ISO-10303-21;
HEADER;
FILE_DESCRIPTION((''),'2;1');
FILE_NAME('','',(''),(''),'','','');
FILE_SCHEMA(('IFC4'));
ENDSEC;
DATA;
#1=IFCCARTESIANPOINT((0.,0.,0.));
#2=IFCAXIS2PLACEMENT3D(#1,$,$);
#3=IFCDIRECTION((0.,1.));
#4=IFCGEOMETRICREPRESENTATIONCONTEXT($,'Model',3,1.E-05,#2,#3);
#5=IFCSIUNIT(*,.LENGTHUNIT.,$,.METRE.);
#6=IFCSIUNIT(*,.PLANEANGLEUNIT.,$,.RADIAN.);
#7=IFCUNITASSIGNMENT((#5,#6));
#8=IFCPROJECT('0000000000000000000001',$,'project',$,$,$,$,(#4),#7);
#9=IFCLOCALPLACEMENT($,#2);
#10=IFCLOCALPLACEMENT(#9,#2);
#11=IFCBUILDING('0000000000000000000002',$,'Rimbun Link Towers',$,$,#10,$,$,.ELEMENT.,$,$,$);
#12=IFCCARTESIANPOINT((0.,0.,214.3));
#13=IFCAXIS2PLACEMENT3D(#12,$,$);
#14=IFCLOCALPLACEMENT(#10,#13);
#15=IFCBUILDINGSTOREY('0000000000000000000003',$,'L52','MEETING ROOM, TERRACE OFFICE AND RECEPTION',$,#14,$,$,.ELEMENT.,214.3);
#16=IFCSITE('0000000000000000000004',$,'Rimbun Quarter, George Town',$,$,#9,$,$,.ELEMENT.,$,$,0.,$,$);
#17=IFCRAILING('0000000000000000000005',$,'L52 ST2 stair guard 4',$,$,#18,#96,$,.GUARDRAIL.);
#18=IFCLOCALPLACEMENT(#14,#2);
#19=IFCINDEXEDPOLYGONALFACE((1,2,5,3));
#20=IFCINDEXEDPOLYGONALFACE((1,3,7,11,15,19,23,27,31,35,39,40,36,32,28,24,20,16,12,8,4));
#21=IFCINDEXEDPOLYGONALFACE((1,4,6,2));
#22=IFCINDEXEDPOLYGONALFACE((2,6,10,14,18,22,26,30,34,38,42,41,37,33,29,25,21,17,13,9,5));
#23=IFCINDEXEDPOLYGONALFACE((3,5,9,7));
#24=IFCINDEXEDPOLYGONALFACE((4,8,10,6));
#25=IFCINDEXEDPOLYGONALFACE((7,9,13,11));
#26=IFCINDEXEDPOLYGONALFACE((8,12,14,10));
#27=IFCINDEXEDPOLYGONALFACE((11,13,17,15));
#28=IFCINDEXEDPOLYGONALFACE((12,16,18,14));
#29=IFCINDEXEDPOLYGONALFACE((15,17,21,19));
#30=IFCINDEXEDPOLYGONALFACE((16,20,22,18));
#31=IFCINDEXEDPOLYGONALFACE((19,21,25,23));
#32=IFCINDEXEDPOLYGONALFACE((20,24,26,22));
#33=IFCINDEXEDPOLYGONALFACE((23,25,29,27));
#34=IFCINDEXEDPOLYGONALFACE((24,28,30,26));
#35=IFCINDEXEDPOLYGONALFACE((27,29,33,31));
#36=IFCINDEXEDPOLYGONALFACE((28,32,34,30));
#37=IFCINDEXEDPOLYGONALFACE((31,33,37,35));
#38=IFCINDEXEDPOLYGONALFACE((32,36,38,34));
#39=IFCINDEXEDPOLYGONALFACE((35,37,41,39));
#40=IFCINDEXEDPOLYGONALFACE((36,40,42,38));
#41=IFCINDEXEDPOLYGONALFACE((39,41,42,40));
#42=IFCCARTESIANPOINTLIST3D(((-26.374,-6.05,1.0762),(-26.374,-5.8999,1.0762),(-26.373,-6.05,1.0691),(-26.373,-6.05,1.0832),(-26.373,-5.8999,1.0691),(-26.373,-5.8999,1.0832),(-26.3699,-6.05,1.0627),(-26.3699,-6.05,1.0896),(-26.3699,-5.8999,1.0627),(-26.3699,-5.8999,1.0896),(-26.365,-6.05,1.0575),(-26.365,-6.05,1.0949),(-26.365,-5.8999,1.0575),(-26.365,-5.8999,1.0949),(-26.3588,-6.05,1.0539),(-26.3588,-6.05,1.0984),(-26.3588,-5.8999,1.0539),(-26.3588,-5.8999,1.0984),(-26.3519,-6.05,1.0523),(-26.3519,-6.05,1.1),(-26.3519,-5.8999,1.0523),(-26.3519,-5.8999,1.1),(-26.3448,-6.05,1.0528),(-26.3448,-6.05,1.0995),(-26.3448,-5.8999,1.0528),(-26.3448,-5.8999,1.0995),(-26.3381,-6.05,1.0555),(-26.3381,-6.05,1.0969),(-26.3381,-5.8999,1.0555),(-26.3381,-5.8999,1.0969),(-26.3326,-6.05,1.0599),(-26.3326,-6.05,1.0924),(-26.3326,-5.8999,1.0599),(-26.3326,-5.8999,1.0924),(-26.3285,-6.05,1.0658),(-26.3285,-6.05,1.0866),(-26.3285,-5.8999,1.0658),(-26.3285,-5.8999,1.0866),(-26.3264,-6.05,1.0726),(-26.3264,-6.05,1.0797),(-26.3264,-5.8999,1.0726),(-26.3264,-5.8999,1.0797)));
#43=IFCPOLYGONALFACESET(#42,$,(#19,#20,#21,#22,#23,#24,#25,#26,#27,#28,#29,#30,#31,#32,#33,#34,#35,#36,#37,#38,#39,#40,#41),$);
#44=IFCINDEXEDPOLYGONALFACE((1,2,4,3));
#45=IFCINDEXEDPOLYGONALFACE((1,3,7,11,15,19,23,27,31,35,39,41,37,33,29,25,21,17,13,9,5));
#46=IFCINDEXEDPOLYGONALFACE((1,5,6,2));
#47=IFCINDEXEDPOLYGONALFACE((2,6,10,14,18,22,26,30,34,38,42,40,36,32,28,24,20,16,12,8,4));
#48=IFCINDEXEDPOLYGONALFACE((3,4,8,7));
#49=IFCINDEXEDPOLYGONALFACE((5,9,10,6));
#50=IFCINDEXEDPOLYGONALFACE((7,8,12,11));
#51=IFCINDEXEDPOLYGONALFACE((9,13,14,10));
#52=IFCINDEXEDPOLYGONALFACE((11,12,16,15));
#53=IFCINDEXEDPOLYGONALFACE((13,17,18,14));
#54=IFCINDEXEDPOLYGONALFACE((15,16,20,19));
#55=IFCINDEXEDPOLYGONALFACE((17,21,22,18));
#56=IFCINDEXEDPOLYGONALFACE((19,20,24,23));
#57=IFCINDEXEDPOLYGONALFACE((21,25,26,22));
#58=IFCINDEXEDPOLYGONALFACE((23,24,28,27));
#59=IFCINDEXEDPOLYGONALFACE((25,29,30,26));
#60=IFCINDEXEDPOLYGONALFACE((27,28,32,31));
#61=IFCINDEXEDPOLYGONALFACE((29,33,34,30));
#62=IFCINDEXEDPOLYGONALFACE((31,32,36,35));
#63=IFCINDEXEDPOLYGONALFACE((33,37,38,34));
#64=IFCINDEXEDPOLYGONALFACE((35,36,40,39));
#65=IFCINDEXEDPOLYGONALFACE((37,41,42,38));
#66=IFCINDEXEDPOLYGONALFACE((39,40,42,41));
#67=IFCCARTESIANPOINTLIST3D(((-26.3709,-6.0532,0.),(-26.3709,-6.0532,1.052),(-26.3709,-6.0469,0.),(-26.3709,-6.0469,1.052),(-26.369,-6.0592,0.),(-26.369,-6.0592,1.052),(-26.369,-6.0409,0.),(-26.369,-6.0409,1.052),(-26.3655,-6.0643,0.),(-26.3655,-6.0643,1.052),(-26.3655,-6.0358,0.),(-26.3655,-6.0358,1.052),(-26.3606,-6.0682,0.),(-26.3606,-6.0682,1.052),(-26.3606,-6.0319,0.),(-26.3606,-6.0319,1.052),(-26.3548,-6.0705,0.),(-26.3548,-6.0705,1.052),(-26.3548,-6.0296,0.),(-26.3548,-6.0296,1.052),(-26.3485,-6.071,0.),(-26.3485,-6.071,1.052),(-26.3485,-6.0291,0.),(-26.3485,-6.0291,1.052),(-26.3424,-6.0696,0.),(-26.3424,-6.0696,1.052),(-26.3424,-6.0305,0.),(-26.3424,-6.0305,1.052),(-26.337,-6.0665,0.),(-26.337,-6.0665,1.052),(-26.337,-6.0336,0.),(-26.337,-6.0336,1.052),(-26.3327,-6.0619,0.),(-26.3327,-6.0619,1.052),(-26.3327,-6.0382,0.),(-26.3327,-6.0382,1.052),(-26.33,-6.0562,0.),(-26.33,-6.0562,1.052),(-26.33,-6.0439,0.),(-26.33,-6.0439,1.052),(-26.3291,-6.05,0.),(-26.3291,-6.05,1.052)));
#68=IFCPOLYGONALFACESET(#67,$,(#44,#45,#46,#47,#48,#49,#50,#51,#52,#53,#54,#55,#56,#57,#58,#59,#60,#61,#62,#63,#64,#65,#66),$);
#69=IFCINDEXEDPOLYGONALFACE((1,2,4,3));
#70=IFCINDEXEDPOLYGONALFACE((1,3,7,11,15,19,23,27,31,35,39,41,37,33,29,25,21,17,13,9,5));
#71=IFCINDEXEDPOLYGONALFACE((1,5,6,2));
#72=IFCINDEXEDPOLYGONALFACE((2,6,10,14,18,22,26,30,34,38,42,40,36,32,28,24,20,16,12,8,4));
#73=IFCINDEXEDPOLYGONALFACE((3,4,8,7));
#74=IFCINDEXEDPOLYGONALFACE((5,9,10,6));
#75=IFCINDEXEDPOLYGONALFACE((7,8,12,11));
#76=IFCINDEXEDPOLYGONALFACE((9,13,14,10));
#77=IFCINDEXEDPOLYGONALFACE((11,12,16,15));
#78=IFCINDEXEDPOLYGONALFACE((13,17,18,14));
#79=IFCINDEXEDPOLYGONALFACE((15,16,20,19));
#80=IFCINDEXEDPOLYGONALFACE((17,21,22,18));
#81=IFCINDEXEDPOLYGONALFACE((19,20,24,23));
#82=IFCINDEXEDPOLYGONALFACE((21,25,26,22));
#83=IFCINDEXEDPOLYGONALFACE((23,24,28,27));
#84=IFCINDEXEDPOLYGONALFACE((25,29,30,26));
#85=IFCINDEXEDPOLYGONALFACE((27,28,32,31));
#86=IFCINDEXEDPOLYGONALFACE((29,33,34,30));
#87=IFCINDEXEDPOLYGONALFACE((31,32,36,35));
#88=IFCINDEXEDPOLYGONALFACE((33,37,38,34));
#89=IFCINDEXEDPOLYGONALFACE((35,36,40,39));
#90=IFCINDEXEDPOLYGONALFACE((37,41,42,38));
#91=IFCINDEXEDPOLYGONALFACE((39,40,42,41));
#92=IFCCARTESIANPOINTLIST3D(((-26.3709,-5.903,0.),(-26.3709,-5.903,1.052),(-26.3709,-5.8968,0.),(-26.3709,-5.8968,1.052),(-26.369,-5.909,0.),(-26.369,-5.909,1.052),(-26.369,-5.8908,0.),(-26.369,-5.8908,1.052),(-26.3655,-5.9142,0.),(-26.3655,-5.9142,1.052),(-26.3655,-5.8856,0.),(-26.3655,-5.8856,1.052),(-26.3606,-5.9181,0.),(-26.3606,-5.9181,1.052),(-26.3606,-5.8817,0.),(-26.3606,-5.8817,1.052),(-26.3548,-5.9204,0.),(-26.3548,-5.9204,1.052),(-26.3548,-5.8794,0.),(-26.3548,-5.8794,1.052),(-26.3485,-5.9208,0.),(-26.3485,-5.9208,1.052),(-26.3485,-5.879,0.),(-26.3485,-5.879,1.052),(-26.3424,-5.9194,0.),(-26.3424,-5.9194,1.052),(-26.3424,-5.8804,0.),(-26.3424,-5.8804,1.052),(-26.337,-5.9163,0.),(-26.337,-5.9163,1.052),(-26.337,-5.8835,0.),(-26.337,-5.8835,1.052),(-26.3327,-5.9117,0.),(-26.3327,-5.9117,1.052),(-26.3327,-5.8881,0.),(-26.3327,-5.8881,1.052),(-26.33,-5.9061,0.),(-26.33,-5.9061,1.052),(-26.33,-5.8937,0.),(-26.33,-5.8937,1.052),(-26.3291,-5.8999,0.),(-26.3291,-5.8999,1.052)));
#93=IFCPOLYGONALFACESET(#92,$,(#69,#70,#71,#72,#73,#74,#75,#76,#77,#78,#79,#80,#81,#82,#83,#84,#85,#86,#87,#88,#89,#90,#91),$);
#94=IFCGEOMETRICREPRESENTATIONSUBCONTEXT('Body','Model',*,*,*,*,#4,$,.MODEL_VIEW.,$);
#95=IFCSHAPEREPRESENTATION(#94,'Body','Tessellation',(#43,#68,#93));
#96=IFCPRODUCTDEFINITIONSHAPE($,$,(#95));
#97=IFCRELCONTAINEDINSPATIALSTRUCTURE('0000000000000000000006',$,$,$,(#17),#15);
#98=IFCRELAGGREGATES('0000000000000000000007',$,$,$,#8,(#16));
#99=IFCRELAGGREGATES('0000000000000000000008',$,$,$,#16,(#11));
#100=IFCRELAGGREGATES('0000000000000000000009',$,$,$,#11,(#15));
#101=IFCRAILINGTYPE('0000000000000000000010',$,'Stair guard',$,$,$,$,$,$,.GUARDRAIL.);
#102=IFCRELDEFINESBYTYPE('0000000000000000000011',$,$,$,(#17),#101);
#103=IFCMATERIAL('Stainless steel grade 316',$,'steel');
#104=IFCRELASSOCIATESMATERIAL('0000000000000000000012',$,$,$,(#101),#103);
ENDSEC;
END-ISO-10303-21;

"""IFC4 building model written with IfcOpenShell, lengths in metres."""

from ifc_helpers import new_model, si_unit, direction, frame, origin, origin_2d, place, context, subcontext, project, spatial, circle, extrude, material, type_object, element, save


model = new_model("IFC4")

# Units and contexts
model_context = context("Model", 3, precision=1e-05, world=origin(), true_north=direction((0.0, 1.0)))
body_context = subcontext(model_context, "Body", "Model", "MODEL_VIEW")
ifc_project = project(units=[si_unit("LENGTHUNIT", "METRE"), si_unit("PLANEANGLEUNIT", "RADIAN")], contexts=[model_context])

# Site, building, storey
site_placement = place(None, origin())
site = spatial("IfcSite", under=ifc_project, at=site_placement, Name="Rimbun Quarter, George Town", CompositionType="ELEMENT", RefElevation=0.0)
building_placement = place(site_placement, origin())
building = spatial("IfcBuilding", under=site, at=building_placement, Name="Rimbun Link Towers", CompositionType="ELEMENT")
storey_placement = place(building_placement, frame((0.0, 0.0, 214.3)))
storey = spatial("IfcBuildingStorey", under=building, at=storey_placement, Name="L52", Description="MEETING ROOM, TERRACE OFFICE AND RECEPTION", CompositionType="ELEMENT", Elevation=214.3)

# Railing
ifc_material_1 = material(Name="Stainless steel grade 316", Category="steel")
railing_type_1 = type_object("IfcRailingType", Name="Stair guard", PredefinedType="GUARDRAIL", material=ifc_material_1)
railing_1_placement = place(storey_placement, frame((-26.3501, -6.05, 0.0)))
element("IfcRailing", 1, at=railing_1_placement, inside=storey, type_object=railing_type_1, Name="L52 ST2 stair guard 4", PredefinedType="GUARDRAIL", context=body_context, shape_type="SweptSolid", body=[
    extrude(circle(Radius=0.0239, at=origin_2d()), frame((0.0, 0.0, 1.0762), z_axis=(0.0, 1.0, 0.0), x_axis=(-1.0, 0.0, 0.0)), (0.0, 0.0, 1.0), 0.1501),
    extrude(circle(Radius=0.021, at=origin_2d()), origin(), (0.0, 0.0, 1.0), 1.052),
    extrude(circle(Radius=0.021, at=origin_2d()), frame((0.0, 0.1501, 0.0)), (0.0, 0.0, 1.0), 1.052),
])

save(model, "model.ifc")
